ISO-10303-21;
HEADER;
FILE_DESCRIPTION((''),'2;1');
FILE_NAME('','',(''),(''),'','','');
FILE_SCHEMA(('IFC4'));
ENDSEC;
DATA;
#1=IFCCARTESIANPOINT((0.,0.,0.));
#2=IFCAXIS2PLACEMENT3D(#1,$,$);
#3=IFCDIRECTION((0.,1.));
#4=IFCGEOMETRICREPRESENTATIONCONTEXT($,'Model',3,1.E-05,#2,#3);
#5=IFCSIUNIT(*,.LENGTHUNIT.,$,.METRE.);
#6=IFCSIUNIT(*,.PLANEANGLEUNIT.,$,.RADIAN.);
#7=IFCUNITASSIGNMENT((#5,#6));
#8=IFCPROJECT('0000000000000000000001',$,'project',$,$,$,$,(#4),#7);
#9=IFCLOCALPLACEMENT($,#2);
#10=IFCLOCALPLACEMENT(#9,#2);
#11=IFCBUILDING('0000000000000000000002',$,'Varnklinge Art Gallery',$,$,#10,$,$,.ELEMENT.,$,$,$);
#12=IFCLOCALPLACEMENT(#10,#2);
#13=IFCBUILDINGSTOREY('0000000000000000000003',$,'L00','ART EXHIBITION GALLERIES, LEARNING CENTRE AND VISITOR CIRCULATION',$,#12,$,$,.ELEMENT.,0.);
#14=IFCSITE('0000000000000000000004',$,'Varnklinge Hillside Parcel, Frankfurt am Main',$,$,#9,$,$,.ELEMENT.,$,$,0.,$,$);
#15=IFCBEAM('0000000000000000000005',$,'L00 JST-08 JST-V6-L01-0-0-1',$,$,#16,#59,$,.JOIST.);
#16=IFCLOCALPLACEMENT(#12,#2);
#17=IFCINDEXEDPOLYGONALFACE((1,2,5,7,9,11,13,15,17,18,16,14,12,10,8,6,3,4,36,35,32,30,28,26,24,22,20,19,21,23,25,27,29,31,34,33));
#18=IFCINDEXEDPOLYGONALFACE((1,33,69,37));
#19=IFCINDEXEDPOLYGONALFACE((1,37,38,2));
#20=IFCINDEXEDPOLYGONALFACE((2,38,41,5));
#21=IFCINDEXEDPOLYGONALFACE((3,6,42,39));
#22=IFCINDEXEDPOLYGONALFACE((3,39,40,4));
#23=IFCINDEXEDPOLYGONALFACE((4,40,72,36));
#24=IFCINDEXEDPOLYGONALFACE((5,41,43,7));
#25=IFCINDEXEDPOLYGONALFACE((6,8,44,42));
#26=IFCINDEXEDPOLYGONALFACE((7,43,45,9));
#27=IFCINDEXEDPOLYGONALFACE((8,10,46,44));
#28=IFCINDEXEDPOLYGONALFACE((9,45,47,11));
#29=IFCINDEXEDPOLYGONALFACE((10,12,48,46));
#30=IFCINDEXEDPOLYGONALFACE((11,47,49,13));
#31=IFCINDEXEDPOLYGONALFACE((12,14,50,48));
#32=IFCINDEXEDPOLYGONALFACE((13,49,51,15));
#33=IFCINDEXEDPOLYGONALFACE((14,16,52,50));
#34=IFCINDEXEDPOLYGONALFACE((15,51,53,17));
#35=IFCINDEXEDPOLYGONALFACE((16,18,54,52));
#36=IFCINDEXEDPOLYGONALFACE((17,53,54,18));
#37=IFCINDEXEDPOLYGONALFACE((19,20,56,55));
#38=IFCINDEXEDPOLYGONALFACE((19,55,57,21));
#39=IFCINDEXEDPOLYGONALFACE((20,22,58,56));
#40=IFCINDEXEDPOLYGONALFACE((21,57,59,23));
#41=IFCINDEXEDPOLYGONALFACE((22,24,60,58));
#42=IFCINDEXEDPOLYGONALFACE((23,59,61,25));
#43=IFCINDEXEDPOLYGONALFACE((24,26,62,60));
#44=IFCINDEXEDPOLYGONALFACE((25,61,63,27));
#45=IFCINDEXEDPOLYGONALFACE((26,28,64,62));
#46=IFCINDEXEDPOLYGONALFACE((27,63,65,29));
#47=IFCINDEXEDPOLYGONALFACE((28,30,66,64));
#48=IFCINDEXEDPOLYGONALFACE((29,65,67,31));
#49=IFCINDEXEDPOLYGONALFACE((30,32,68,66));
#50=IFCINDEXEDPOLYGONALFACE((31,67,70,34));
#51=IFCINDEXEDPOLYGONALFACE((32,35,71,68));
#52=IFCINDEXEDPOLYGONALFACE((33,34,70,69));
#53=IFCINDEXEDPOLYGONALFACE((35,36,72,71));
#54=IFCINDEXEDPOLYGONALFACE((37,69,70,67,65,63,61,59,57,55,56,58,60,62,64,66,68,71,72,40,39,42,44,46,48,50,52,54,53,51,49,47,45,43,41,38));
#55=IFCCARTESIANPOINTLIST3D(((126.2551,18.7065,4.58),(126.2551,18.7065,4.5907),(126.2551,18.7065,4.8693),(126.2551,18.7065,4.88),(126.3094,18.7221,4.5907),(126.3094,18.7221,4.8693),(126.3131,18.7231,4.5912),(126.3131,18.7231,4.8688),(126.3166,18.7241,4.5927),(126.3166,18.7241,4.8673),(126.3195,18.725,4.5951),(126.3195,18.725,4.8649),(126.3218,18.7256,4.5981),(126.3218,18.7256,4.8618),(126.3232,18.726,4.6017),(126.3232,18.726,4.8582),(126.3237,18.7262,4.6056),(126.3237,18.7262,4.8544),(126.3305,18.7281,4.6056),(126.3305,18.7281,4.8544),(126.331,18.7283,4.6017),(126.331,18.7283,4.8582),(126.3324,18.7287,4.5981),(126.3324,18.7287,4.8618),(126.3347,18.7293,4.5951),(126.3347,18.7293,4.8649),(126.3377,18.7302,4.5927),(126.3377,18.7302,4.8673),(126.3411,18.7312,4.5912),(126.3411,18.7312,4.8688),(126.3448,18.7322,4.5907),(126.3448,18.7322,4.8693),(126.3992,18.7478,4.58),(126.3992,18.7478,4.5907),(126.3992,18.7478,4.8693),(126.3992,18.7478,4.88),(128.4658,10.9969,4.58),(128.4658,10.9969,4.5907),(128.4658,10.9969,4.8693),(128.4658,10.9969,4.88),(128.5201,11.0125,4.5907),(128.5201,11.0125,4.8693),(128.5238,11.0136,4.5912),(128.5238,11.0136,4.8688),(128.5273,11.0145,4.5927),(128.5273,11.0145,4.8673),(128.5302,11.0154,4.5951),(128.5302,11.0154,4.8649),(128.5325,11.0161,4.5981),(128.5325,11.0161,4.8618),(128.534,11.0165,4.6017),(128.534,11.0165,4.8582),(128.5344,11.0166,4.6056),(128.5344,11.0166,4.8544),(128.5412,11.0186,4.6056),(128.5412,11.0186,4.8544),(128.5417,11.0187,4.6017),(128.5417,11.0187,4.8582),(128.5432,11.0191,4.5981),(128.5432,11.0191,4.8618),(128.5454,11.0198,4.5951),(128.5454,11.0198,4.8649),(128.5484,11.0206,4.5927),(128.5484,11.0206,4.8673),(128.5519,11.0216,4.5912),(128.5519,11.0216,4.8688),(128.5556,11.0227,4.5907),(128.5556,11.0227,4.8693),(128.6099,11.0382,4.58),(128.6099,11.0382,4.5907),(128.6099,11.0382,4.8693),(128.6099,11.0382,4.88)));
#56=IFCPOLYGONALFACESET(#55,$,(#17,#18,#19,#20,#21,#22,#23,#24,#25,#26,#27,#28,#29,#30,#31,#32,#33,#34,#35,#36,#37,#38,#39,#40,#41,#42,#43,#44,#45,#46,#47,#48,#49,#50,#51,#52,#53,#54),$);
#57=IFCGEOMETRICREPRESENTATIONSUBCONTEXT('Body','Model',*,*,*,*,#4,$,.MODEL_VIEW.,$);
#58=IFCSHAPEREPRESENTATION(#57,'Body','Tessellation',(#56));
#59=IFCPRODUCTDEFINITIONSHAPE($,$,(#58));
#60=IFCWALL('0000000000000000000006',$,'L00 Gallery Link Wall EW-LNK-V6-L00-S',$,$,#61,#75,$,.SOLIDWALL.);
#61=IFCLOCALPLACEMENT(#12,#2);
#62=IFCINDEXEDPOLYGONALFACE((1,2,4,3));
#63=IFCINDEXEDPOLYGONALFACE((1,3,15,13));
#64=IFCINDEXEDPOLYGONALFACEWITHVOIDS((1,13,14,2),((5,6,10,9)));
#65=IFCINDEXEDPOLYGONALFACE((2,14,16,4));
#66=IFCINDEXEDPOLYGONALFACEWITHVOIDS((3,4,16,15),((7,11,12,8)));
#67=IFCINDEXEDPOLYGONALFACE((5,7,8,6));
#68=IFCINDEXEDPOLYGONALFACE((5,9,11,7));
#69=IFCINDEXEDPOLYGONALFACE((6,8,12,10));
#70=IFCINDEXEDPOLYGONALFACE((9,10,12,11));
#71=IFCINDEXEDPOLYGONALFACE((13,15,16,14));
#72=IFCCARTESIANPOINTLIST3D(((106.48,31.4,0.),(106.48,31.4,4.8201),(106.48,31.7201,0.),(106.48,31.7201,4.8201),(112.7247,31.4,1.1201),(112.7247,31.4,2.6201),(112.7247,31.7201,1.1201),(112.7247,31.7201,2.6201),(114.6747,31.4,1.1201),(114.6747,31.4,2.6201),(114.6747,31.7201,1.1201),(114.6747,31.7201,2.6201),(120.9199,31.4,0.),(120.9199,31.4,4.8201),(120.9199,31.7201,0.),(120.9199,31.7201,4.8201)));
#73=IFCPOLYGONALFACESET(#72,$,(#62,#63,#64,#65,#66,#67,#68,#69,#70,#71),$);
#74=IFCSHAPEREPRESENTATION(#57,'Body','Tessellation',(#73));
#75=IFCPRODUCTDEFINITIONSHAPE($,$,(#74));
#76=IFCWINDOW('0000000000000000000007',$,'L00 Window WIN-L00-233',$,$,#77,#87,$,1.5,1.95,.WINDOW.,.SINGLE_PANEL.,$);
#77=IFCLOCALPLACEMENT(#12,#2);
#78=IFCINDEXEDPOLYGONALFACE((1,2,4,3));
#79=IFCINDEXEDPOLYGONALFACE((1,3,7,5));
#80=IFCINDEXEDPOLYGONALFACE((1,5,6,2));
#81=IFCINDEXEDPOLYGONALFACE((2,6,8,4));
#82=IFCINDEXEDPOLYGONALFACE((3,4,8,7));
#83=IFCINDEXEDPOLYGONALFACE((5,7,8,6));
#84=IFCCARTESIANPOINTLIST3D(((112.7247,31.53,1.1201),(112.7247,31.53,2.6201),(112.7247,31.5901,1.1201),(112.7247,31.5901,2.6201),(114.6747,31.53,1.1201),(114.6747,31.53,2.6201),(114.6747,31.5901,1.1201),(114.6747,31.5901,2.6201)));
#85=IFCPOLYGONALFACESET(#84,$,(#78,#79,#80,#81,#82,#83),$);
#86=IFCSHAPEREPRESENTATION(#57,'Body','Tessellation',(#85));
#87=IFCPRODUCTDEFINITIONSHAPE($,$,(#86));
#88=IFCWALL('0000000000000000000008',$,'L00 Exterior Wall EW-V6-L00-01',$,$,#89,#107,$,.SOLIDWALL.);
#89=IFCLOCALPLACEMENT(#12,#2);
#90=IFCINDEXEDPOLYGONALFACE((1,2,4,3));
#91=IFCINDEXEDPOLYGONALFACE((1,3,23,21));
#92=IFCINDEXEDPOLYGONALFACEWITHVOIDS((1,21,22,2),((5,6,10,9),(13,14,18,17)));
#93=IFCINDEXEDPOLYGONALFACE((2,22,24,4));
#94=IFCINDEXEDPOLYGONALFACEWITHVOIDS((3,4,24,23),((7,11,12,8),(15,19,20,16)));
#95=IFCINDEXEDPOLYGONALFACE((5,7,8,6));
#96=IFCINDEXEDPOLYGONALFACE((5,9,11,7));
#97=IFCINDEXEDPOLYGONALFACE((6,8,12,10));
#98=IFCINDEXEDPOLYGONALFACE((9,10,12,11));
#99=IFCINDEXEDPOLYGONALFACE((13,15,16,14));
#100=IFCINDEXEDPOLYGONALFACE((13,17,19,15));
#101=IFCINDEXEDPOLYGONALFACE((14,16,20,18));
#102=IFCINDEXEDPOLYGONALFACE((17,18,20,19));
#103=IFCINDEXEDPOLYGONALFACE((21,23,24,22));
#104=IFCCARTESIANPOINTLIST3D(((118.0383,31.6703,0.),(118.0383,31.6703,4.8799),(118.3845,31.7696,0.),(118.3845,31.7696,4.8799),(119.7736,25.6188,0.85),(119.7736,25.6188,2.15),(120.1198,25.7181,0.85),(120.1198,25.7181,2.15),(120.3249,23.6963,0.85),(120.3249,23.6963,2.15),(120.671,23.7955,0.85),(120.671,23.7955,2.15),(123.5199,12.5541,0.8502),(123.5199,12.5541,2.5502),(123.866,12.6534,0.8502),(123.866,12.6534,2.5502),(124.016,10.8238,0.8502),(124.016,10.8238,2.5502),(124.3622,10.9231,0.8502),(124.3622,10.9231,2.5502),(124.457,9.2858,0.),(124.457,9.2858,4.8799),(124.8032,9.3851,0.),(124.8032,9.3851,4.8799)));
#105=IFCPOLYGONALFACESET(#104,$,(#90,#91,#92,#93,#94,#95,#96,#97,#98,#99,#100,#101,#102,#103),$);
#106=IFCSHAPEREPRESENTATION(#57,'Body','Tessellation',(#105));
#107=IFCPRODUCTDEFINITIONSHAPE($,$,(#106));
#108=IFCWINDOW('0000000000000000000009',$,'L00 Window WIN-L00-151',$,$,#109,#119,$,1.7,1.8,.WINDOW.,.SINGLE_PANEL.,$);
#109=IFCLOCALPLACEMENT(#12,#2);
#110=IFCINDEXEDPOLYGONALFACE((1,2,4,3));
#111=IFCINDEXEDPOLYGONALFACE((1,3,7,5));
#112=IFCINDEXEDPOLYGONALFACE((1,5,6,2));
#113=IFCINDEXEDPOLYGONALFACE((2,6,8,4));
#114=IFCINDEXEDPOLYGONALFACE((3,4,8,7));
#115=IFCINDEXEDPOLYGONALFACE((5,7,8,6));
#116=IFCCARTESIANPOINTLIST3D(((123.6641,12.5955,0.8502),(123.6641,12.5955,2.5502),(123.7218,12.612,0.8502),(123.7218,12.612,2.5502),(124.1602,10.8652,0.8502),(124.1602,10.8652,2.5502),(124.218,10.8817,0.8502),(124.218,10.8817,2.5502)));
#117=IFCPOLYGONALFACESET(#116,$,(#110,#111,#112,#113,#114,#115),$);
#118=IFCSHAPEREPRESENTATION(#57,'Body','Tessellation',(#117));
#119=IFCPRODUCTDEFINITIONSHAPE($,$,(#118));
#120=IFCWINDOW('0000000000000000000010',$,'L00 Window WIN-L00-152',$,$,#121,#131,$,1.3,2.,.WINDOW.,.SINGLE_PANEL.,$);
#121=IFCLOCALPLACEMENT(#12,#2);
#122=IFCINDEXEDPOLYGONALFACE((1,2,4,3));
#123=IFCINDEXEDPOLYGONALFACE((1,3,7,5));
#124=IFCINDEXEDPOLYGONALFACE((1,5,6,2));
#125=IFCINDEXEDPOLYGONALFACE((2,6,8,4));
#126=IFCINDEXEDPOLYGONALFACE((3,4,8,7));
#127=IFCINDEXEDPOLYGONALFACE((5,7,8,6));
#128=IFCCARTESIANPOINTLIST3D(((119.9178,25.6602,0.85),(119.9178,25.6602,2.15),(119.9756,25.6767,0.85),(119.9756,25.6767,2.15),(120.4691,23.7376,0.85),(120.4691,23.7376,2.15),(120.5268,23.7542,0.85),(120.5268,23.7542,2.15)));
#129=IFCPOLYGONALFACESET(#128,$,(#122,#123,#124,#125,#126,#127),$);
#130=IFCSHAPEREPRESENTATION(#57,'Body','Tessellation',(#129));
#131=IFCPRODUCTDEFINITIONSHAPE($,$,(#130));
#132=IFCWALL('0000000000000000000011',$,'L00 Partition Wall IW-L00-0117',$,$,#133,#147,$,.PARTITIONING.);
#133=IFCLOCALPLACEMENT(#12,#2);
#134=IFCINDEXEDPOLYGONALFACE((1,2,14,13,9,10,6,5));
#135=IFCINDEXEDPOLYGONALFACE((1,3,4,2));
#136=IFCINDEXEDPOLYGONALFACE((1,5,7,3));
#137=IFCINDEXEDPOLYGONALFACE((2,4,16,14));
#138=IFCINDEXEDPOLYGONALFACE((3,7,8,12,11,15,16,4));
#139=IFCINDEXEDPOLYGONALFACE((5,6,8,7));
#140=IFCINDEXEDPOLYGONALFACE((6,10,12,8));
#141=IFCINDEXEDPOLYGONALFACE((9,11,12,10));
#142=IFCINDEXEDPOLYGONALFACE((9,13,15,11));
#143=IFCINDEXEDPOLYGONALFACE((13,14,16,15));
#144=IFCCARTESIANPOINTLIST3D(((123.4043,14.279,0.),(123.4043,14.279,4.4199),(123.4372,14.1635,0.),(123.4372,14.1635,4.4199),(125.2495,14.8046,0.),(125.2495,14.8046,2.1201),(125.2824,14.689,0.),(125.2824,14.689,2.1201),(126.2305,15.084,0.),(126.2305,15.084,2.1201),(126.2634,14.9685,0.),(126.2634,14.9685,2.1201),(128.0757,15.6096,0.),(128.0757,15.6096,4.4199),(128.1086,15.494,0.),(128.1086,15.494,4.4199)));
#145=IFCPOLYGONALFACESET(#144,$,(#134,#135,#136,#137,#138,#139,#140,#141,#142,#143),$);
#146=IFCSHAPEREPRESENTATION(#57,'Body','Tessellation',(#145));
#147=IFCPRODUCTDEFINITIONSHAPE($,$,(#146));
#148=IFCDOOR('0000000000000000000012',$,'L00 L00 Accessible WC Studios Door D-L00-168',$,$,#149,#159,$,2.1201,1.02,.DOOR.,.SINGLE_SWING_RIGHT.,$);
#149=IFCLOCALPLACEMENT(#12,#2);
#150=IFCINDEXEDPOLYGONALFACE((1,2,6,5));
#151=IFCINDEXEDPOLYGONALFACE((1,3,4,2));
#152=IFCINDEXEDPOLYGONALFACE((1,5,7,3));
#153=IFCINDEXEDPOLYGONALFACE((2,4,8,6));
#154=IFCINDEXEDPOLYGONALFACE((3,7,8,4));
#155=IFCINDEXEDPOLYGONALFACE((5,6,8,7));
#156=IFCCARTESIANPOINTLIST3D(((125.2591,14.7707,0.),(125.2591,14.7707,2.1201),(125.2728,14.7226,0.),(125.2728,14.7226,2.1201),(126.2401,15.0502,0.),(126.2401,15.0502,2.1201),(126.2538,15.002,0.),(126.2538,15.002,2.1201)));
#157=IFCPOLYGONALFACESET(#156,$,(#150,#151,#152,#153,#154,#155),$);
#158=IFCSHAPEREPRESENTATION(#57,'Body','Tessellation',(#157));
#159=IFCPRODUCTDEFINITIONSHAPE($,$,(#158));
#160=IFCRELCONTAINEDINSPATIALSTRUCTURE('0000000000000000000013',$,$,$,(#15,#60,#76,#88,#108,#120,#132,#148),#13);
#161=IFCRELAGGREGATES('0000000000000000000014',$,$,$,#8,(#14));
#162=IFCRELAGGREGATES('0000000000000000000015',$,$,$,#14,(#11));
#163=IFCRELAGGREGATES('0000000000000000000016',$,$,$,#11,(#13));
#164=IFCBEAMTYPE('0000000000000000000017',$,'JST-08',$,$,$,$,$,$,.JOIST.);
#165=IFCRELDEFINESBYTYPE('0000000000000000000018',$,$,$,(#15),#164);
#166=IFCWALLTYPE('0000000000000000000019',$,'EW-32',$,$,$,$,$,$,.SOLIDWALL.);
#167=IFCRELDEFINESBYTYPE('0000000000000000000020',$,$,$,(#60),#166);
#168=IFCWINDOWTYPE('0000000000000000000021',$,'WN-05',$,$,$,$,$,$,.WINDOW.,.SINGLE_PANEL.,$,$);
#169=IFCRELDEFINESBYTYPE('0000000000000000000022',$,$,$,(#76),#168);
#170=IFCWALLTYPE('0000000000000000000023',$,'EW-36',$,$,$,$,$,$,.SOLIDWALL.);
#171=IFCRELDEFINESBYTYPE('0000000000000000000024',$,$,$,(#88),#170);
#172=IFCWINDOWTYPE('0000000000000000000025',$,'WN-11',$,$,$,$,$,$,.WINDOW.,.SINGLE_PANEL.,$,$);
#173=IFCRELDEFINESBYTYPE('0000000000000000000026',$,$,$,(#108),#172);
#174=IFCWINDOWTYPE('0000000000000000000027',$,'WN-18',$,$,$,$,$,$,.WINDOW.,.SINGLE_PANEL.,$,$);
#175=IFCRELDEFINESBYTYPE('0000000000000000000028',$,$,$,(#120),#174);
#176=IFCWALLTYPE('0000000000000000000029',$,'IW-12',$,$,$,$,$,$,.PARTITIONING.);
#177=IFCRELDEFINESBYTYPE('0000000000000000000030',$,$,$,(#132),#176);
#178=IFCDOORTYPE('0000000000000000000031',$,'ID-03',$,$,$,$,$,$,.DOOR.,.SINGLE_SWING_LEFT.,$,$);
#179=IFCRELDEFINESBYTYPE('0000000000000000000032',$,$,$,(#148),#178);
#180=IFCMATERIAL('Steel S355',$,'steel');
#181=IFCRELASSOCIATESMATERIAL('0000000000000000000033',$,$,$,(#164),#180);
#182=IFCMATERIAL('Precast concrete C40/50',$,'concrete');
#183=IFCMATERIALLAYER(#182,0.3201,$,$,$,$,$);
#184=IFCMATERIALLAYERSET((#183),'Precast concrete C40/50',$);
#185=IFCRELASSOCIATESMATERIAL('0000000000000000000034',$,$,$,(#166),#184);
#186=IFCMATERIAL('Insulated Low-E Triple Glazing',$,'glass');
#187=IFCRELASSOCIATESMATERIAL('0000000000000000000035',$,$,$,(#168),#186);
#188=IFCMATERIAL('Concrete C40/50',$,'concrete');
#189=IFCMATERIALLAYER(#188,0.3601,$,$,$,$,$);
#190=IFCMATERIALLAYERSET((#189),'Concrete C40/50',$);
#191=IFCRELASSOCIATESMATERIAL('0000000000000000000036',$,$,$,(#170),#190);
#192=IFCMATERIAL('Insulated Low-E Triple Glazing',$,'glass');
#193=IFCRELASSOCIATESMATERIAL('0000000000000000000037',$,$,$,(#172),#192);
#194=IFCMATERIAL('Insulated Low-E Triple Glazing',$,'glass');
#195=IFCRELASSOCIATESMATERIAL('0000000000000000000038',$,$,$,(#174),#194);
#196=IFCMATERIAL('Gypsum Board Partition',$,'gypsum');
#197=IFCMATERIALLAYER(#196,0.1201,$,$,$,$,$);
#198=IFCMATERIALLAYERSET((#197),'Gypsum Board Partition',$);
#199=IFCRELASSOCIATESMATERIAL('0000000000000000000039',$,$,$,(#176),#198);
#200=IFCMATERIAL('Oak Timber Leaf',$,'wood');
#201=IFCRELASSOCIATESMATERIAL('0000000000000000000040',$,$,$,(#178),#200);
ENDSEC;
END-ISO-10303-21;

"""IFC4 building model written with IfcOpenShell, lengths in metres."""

from ifc_helpers import new_model, si_unit, direction, frame, frame_2d, origin, origin_2d, place, context, subcontext, project, spatial, rectangle, i_section, extrude, material, layer, layer_set, material_profile, profile_set, type_object, element, fill, save


model = new_model("IFC4")

# Units and contexts
model_context = context("Model", 3, precision=1e-05, world=origin(), true_north=direction((0.0, 1.0)))
body_context = subcontext(model_context, "Body", "Model", "MODEL_VIEW")
ifc_project = project(units=[si_unit("LENGTHUNIT", "METRE"), si_unit("PLANEANGLEUNIT", "RADIAN")], contexts=[model_context])

# Site, building, storey
site_placement = place(None, origin())
site = spatial("IfcSite", under=ifc_project, at=site_placement, Name="Varnklinge Hillside Parcel, Frankfurt am Main", CompositionType="ELEMENT", RefElevation=0.0)
building_placement = place(site_placement, origin())
building = spatial("IfcBuilding", under=site, at=building_placement, Name="Varnklinge Art Gallery", CompositionType="ELEMENT")
storey_placement = place(building_placement, origin())
storey = spatial("IfcBuildingStorey", under=building, at=storey_placement, Name="L00", Description="ART EXHIBITION GALLERIES, LEARNING CENTRE AND VISITOR CIRCULATION", CompositionType="ELEMENT", Elevation=0.0)

# Beam
ifc_material_1 = material(Name="Steel S355", Category="steel")
ifc_material_profile_1 = material_profile(ifc_material_1, i_section(OverallWidth=0.1499, OverallDepth=0.3, WebThickness=0.0071, FlangeThickness=0.0107, FilletRadius=0.0149, at=origin_2d()), Name="IPE 300")
ifc_profile_set_1 = profile_set([ifc_material_profile_1], Name="Steel S355")
beam_type_1 = type_object("IfcBeamType", Name="JST-08", PredefinedType="JOIST", material=ifc_profile_set_1)
beam_1_placement = place(storey_placement, frame((128.5378, 11.0176, 4.73), z_axis=(-0.275642, 0.96126, 0.0), x_axis=(-0.96126, -0.275642, 0.0)))
element("IfcBeam", 1, at=beam_1_placement, inside=storey, type_object=beam_type_1, Name="L00 JST-08 JST-V6-L01-0-0-1", PredefinedType="JOIST", context=body_context, shape_type="SweptSolid", body=[
    extrude(i_section(OverallWidth=0.1499, OverallDepth=0.3, WebThickness=0.0071, FlangeThickness=0.0107, FilletRadius=0.0149, at=origin_2d()), origin(), (0.0, 0.0, 1.0), 8.0203),
])

# Wall, opening, window
ifc_material_2 = material(Name="Precast concrete C40/50", Category="concrete")
ifc_layer_1 = layer(ifc_material_2, 0.3201)
ifc_layer_set_1 = layer_set([ifc_layer_1], Name="Precast concrete C40/50")
wall_type_1 = type_object("IfcWallType", Name="EW-32", PredefinedType="SOLIDWALL", material=ifc_layer_set_1)
wall_1_placement = place(storey_placement, frame((120.9199, 31.5601, 0.0), z_axis=(0.0, 0.0, 1.0), x_axis=(-1.0, 0.0, 0.0)))
wall_1 = element("IfcWall", 2, at=wall_1_placement, inside=storey, type_object=wall_type_1, Name="L00 Gallery Link Wall EW-LNK-V6-L00-S", PredefinedType="SOLIDWALL", context=body_context, shape_type="SweptSolid", body=[
    extrude(rectangle(XDim=14.4399, YDim=0.3201, at=frame_2d((7.22, 0.0))), origin(), (0.0, 0.0, 1.0), 4.8201),
])
opening_1_placement = place(wall_1_placement, frame((6.2451, 0.0, 1.1201)))
opening_1 = element("IfcOpeningElement", 3, at=opening_1_placement, cuts=wall_1, PredefinedType="OPENING", context=body_context, shape_type="SweptSolid", body=[
    extrude(rectangle(XDim=1.95, YDim=1.5, at=frame_2d((0.9751, 0.75))), frame((0.0, 0.1702, 0.0), z_axis=(0.0, -1.0, 0.0), x_axis=(1.0, 0.0, 0.0)), (0.0, 0.0, 1.0), 0.3401),
])
ifc_material_3 = material(Name="Insulated Low-E Triple Glazing", Category="glass")
window_type_1 = type_object("IfcWindowType", Name="WN-05", PartitioningType="SINGLE_PANEL", PredefinedType="WINDOW", material=ifc_material_3)
window_1_placement = place(opening_1_placement, origin())
window_1 = element("IfcWindow", 4, at=window_1_placement, inside=storey, type_object=window_type_1, Name="L00 Window WIN-L00-233", OverallHeight=1.5, OverallWidth=1.95, PartitioningType="SINGLE_PANEL", PredefinedType="WINDOW", context=body_context, shape_type="SweptSolid", body=[
    extrude(rectangle(XDim=1.95, YDim=1.5, at=frame_2d((0.9751, 0.75))), frame((0.0, 0.03, 0.0), z_axis=(0.0, -1.0, 0.0), x_axis=(1.0, 0.0, 0.0)), (0.0, 0.0, 1.0), 0.0601),
])
fill(opening_1, window_1)

# Wall, openings, windows
ifc_material_4 = material(Name="Concrete C40/50", Category="concrete")
ifc_layer_2 = layer(ifc_material_4, 0.3601)
ifc_layer_set_2 = layer_set([ifc_layer_2], Name="Concrete C40/50")
wall_type_2 = type_object("IfcWallType", Name="EW-36", PredefinedType="SOLIDWALL", material=ifc_layer_set_2)
wall_2_placement = place(storey_placement, frame((124.6301, 9.3354, 0.0), z_axis=(0.0, 0.0, 1.0), x_axis=(-0.275639, 0.961261, 0.0)))
wall_2 = element("IfcWall", 5, at=wall_2_placement, inside=storey, type_object=wall_type_2, Name="L00 Exterior Wall EW-V6-L00-01", PredefinedType="SOLIDWALL", context=body_context, shape_type="SweptSolid", body=[
    extrude(rectangle(XDim=23.2866, YDim=0.3601, at=frame_2d((11.6433, 0.0))), origin(), (0.0, 0.0, 1.0), 4.8799),
])
opening_2_placement = place(wall_2_placement, frame((1.6001, 0.0, 0.8501)))
opening_2 = element("IfcOpeningElement", 6, at=opening_2_placement, cuts=wall_2, PredefinedType="OPENING", context=body_context, shape_type="SweptSolid", body=[
    extrude(rectangle(XDim=1.8, YDim=1.7, at=frame_2d((0.8999, 0.8501))), frame((0.0, 0.1902, 0.0), z_axis=(0.0, -1.0, 0.0), x_axis=(1.0, 0.0, 0.0)), (0.0, 0.0, 1.0), 0.3801),
])
opening_3_placement = place(wall_2_placement, frame((14.9912, 0.0, 0.8501)))
opening_3 = element("IfcOpeningElement", 7, at=opening_3_placement, cuts=wall_2, PredefinedType="OPENING", context=body_context, shape_type="SweptSolid", body=[
    extrude(rectangle(XDim=2.0, YDim=1.3, at=frame_2d((1.0, 0.6499))), frame((0.0, 0.1902, 0.0), z_axis=(0.0, -1.0, 0.0), x_axis=(1.0, 0.0, 0.0)), (0.0, 0.0, 1.0), 0.3801),
])
ifc_material_5 = material(Name="Insulated Low-E Triple Glazing", Category="glass")
window_type_2 = type_object("IfcWindowType", Name="WN-11", PartitioningType="SINGLE_PANEL", PredefinedType="WINDOW", material=ifc_material_5)
window_2_placement = place(opening_2_placement, origin())
window_2 = element("IfcWindow", 8, at=window_2_placement, inside=storey, type_object=window_type_2, Name="L00 Window WIN-L00-151", OverallHeight=1.7, OverallWidth=1.8, PartitioningType="SINGLE_PANEL", PredefinedType="WINDOW", context=body_context, shape_type="SweptSolid", body=[
    extrude(rectangle(XDim=1.8, YDim=1.7, at=frame_2d((0.8999, 0.8501))), frame((0.0, 0.03, 0.0), z_axis=(0.0, -1.0, 0.0), x_axis=(1.0, 0.0, 0.0)), (0.0, 0.0, 1.0), 0.0601),
])
fill(opening_2, window_2)
ifc_material_6 = material(Name="Insulated Low-E Triple Glazing", Category="glass")
window_type_3 = type_object("IfcWindowType", Name="WN-18", PartitioningType="SINGLE_PANEL", PredefinedType="WINDOW", material=ifc_material_6)
window_3_placement = place(opening_3_placement, origin())
window_3 = element("IfcWindow", 9, at=window_3_placement, inside=storey, type_object=window_type_3, Name="L00 Window WIN-L00-152", OverallHeight=1.3, OverallWidth=2.0, PartitioningType="SINGLE_PANEL", PredefinedType="WINDOW", context=body_context, shape_type="SweptSolid", body=[
    extrude(rectangle(XDim=2.0, YDim=1.3, at=frame_2d((1.0, 0.6499))), frame((0.0, 0.03, 0.0), z_axis=(0.0, -1.0, 0.0), x_axis=(1.0, 0.0, 0.0)), (0.0, 0.0, 1.0), 0.0601),
])
fill(opening_3, window_3)

# Wall, opening, door
ifc_material_7 = material(Name="Gypsum Board Partition", Category="gypsum")
ifc_layer_3 = layer(ifc_material_7, 0.1201)
ifc_layer_set_3 = layer_set([ifc_layer_3], Name="Gypsum Board Partition")
wall_type_3 = type_object("IfcWallType", Name="IW-12", PredefinedType="PARTITIONING", material=ifc_layer_set_3)
wall_3_placement = place(storey_placement, frame((123.4207, 14.2212, 0.0), z_axis=(0.0, 0.0, 1.0), x_axis=(0.961747, 0.273938, 0.0)))
wall_3 = element("IfcWall", 10, at=wall_3_placement, inside=storey, type_object=wall_type_3, Name="L00 Partition Wall IW-L00-0117", PredefinedType="PARTITIONING", context=body_context, shape_type="SweptSolid", body=[
    extrude(rectangle(XDim=4.8572, YDim=0.1201, at=frame_2d((2.4287, 0.0))), origin(), (0.0, 0.0, 1.0), 4.4199),
])
opening_4_placement = place(wall_3_placement, frame((1.9187, 0.0, 0.0)))
opening_4 = element("IfcOpeningElement", 11, at=opening_4_placement, cuts=wall_3, PredefinedType="OPENING", context=body_context, shape_type="SweptSolid", body=[
    extrude(rectangle(XDim=1.02, YDim=2.1201, at=frame_2d((0.51, 1.0601))), frame((0.0, 0.0701, 0.0), z_axis=(0.0, -1.0, 0.0), x_axis=(1.0, 0.0, 0.0)), (0.0, 0.0, 1.0), 0.1401),
])
ifc_material_8 = material(Name="Oak Timber Leaf", Category="wood")
door_type_1 = type_object("IfcDoorType", Name="ID-03", OperationType="SINGLE_SWING_LEFT", PredefinedType="DOOR", material=ifc_material_8)
door_1_placement = place(opening_4_placement, origin())
door_1 = element("IfcDoor", 12, at=door_1_placement, inside=storey, type_object=door_type_1, Name="L00 L00 Accessible WC Studios Door D-L00-168", OperationType="SINGLE_SWING_RIGHT", OverallHeight=2.1201, OverallWidth=1.02, PredefinedType="DOOR", context=body_context, shape_type="SweptSolid", body=[
    extrude(rectangle(XDim=1.02, YDim=2.1201, at=frame_2d((0.51, 1.0601))), frame((0.0, 0.0249, 0.0), z_axis=(0.0, -1.0, 0.0), x_axis=(1.0, 0.0, 0.0)), (0.0, 0.0, 1.0), 0.05),
])
fill(opening_4, door_1)

save(model, "model.ifc")
